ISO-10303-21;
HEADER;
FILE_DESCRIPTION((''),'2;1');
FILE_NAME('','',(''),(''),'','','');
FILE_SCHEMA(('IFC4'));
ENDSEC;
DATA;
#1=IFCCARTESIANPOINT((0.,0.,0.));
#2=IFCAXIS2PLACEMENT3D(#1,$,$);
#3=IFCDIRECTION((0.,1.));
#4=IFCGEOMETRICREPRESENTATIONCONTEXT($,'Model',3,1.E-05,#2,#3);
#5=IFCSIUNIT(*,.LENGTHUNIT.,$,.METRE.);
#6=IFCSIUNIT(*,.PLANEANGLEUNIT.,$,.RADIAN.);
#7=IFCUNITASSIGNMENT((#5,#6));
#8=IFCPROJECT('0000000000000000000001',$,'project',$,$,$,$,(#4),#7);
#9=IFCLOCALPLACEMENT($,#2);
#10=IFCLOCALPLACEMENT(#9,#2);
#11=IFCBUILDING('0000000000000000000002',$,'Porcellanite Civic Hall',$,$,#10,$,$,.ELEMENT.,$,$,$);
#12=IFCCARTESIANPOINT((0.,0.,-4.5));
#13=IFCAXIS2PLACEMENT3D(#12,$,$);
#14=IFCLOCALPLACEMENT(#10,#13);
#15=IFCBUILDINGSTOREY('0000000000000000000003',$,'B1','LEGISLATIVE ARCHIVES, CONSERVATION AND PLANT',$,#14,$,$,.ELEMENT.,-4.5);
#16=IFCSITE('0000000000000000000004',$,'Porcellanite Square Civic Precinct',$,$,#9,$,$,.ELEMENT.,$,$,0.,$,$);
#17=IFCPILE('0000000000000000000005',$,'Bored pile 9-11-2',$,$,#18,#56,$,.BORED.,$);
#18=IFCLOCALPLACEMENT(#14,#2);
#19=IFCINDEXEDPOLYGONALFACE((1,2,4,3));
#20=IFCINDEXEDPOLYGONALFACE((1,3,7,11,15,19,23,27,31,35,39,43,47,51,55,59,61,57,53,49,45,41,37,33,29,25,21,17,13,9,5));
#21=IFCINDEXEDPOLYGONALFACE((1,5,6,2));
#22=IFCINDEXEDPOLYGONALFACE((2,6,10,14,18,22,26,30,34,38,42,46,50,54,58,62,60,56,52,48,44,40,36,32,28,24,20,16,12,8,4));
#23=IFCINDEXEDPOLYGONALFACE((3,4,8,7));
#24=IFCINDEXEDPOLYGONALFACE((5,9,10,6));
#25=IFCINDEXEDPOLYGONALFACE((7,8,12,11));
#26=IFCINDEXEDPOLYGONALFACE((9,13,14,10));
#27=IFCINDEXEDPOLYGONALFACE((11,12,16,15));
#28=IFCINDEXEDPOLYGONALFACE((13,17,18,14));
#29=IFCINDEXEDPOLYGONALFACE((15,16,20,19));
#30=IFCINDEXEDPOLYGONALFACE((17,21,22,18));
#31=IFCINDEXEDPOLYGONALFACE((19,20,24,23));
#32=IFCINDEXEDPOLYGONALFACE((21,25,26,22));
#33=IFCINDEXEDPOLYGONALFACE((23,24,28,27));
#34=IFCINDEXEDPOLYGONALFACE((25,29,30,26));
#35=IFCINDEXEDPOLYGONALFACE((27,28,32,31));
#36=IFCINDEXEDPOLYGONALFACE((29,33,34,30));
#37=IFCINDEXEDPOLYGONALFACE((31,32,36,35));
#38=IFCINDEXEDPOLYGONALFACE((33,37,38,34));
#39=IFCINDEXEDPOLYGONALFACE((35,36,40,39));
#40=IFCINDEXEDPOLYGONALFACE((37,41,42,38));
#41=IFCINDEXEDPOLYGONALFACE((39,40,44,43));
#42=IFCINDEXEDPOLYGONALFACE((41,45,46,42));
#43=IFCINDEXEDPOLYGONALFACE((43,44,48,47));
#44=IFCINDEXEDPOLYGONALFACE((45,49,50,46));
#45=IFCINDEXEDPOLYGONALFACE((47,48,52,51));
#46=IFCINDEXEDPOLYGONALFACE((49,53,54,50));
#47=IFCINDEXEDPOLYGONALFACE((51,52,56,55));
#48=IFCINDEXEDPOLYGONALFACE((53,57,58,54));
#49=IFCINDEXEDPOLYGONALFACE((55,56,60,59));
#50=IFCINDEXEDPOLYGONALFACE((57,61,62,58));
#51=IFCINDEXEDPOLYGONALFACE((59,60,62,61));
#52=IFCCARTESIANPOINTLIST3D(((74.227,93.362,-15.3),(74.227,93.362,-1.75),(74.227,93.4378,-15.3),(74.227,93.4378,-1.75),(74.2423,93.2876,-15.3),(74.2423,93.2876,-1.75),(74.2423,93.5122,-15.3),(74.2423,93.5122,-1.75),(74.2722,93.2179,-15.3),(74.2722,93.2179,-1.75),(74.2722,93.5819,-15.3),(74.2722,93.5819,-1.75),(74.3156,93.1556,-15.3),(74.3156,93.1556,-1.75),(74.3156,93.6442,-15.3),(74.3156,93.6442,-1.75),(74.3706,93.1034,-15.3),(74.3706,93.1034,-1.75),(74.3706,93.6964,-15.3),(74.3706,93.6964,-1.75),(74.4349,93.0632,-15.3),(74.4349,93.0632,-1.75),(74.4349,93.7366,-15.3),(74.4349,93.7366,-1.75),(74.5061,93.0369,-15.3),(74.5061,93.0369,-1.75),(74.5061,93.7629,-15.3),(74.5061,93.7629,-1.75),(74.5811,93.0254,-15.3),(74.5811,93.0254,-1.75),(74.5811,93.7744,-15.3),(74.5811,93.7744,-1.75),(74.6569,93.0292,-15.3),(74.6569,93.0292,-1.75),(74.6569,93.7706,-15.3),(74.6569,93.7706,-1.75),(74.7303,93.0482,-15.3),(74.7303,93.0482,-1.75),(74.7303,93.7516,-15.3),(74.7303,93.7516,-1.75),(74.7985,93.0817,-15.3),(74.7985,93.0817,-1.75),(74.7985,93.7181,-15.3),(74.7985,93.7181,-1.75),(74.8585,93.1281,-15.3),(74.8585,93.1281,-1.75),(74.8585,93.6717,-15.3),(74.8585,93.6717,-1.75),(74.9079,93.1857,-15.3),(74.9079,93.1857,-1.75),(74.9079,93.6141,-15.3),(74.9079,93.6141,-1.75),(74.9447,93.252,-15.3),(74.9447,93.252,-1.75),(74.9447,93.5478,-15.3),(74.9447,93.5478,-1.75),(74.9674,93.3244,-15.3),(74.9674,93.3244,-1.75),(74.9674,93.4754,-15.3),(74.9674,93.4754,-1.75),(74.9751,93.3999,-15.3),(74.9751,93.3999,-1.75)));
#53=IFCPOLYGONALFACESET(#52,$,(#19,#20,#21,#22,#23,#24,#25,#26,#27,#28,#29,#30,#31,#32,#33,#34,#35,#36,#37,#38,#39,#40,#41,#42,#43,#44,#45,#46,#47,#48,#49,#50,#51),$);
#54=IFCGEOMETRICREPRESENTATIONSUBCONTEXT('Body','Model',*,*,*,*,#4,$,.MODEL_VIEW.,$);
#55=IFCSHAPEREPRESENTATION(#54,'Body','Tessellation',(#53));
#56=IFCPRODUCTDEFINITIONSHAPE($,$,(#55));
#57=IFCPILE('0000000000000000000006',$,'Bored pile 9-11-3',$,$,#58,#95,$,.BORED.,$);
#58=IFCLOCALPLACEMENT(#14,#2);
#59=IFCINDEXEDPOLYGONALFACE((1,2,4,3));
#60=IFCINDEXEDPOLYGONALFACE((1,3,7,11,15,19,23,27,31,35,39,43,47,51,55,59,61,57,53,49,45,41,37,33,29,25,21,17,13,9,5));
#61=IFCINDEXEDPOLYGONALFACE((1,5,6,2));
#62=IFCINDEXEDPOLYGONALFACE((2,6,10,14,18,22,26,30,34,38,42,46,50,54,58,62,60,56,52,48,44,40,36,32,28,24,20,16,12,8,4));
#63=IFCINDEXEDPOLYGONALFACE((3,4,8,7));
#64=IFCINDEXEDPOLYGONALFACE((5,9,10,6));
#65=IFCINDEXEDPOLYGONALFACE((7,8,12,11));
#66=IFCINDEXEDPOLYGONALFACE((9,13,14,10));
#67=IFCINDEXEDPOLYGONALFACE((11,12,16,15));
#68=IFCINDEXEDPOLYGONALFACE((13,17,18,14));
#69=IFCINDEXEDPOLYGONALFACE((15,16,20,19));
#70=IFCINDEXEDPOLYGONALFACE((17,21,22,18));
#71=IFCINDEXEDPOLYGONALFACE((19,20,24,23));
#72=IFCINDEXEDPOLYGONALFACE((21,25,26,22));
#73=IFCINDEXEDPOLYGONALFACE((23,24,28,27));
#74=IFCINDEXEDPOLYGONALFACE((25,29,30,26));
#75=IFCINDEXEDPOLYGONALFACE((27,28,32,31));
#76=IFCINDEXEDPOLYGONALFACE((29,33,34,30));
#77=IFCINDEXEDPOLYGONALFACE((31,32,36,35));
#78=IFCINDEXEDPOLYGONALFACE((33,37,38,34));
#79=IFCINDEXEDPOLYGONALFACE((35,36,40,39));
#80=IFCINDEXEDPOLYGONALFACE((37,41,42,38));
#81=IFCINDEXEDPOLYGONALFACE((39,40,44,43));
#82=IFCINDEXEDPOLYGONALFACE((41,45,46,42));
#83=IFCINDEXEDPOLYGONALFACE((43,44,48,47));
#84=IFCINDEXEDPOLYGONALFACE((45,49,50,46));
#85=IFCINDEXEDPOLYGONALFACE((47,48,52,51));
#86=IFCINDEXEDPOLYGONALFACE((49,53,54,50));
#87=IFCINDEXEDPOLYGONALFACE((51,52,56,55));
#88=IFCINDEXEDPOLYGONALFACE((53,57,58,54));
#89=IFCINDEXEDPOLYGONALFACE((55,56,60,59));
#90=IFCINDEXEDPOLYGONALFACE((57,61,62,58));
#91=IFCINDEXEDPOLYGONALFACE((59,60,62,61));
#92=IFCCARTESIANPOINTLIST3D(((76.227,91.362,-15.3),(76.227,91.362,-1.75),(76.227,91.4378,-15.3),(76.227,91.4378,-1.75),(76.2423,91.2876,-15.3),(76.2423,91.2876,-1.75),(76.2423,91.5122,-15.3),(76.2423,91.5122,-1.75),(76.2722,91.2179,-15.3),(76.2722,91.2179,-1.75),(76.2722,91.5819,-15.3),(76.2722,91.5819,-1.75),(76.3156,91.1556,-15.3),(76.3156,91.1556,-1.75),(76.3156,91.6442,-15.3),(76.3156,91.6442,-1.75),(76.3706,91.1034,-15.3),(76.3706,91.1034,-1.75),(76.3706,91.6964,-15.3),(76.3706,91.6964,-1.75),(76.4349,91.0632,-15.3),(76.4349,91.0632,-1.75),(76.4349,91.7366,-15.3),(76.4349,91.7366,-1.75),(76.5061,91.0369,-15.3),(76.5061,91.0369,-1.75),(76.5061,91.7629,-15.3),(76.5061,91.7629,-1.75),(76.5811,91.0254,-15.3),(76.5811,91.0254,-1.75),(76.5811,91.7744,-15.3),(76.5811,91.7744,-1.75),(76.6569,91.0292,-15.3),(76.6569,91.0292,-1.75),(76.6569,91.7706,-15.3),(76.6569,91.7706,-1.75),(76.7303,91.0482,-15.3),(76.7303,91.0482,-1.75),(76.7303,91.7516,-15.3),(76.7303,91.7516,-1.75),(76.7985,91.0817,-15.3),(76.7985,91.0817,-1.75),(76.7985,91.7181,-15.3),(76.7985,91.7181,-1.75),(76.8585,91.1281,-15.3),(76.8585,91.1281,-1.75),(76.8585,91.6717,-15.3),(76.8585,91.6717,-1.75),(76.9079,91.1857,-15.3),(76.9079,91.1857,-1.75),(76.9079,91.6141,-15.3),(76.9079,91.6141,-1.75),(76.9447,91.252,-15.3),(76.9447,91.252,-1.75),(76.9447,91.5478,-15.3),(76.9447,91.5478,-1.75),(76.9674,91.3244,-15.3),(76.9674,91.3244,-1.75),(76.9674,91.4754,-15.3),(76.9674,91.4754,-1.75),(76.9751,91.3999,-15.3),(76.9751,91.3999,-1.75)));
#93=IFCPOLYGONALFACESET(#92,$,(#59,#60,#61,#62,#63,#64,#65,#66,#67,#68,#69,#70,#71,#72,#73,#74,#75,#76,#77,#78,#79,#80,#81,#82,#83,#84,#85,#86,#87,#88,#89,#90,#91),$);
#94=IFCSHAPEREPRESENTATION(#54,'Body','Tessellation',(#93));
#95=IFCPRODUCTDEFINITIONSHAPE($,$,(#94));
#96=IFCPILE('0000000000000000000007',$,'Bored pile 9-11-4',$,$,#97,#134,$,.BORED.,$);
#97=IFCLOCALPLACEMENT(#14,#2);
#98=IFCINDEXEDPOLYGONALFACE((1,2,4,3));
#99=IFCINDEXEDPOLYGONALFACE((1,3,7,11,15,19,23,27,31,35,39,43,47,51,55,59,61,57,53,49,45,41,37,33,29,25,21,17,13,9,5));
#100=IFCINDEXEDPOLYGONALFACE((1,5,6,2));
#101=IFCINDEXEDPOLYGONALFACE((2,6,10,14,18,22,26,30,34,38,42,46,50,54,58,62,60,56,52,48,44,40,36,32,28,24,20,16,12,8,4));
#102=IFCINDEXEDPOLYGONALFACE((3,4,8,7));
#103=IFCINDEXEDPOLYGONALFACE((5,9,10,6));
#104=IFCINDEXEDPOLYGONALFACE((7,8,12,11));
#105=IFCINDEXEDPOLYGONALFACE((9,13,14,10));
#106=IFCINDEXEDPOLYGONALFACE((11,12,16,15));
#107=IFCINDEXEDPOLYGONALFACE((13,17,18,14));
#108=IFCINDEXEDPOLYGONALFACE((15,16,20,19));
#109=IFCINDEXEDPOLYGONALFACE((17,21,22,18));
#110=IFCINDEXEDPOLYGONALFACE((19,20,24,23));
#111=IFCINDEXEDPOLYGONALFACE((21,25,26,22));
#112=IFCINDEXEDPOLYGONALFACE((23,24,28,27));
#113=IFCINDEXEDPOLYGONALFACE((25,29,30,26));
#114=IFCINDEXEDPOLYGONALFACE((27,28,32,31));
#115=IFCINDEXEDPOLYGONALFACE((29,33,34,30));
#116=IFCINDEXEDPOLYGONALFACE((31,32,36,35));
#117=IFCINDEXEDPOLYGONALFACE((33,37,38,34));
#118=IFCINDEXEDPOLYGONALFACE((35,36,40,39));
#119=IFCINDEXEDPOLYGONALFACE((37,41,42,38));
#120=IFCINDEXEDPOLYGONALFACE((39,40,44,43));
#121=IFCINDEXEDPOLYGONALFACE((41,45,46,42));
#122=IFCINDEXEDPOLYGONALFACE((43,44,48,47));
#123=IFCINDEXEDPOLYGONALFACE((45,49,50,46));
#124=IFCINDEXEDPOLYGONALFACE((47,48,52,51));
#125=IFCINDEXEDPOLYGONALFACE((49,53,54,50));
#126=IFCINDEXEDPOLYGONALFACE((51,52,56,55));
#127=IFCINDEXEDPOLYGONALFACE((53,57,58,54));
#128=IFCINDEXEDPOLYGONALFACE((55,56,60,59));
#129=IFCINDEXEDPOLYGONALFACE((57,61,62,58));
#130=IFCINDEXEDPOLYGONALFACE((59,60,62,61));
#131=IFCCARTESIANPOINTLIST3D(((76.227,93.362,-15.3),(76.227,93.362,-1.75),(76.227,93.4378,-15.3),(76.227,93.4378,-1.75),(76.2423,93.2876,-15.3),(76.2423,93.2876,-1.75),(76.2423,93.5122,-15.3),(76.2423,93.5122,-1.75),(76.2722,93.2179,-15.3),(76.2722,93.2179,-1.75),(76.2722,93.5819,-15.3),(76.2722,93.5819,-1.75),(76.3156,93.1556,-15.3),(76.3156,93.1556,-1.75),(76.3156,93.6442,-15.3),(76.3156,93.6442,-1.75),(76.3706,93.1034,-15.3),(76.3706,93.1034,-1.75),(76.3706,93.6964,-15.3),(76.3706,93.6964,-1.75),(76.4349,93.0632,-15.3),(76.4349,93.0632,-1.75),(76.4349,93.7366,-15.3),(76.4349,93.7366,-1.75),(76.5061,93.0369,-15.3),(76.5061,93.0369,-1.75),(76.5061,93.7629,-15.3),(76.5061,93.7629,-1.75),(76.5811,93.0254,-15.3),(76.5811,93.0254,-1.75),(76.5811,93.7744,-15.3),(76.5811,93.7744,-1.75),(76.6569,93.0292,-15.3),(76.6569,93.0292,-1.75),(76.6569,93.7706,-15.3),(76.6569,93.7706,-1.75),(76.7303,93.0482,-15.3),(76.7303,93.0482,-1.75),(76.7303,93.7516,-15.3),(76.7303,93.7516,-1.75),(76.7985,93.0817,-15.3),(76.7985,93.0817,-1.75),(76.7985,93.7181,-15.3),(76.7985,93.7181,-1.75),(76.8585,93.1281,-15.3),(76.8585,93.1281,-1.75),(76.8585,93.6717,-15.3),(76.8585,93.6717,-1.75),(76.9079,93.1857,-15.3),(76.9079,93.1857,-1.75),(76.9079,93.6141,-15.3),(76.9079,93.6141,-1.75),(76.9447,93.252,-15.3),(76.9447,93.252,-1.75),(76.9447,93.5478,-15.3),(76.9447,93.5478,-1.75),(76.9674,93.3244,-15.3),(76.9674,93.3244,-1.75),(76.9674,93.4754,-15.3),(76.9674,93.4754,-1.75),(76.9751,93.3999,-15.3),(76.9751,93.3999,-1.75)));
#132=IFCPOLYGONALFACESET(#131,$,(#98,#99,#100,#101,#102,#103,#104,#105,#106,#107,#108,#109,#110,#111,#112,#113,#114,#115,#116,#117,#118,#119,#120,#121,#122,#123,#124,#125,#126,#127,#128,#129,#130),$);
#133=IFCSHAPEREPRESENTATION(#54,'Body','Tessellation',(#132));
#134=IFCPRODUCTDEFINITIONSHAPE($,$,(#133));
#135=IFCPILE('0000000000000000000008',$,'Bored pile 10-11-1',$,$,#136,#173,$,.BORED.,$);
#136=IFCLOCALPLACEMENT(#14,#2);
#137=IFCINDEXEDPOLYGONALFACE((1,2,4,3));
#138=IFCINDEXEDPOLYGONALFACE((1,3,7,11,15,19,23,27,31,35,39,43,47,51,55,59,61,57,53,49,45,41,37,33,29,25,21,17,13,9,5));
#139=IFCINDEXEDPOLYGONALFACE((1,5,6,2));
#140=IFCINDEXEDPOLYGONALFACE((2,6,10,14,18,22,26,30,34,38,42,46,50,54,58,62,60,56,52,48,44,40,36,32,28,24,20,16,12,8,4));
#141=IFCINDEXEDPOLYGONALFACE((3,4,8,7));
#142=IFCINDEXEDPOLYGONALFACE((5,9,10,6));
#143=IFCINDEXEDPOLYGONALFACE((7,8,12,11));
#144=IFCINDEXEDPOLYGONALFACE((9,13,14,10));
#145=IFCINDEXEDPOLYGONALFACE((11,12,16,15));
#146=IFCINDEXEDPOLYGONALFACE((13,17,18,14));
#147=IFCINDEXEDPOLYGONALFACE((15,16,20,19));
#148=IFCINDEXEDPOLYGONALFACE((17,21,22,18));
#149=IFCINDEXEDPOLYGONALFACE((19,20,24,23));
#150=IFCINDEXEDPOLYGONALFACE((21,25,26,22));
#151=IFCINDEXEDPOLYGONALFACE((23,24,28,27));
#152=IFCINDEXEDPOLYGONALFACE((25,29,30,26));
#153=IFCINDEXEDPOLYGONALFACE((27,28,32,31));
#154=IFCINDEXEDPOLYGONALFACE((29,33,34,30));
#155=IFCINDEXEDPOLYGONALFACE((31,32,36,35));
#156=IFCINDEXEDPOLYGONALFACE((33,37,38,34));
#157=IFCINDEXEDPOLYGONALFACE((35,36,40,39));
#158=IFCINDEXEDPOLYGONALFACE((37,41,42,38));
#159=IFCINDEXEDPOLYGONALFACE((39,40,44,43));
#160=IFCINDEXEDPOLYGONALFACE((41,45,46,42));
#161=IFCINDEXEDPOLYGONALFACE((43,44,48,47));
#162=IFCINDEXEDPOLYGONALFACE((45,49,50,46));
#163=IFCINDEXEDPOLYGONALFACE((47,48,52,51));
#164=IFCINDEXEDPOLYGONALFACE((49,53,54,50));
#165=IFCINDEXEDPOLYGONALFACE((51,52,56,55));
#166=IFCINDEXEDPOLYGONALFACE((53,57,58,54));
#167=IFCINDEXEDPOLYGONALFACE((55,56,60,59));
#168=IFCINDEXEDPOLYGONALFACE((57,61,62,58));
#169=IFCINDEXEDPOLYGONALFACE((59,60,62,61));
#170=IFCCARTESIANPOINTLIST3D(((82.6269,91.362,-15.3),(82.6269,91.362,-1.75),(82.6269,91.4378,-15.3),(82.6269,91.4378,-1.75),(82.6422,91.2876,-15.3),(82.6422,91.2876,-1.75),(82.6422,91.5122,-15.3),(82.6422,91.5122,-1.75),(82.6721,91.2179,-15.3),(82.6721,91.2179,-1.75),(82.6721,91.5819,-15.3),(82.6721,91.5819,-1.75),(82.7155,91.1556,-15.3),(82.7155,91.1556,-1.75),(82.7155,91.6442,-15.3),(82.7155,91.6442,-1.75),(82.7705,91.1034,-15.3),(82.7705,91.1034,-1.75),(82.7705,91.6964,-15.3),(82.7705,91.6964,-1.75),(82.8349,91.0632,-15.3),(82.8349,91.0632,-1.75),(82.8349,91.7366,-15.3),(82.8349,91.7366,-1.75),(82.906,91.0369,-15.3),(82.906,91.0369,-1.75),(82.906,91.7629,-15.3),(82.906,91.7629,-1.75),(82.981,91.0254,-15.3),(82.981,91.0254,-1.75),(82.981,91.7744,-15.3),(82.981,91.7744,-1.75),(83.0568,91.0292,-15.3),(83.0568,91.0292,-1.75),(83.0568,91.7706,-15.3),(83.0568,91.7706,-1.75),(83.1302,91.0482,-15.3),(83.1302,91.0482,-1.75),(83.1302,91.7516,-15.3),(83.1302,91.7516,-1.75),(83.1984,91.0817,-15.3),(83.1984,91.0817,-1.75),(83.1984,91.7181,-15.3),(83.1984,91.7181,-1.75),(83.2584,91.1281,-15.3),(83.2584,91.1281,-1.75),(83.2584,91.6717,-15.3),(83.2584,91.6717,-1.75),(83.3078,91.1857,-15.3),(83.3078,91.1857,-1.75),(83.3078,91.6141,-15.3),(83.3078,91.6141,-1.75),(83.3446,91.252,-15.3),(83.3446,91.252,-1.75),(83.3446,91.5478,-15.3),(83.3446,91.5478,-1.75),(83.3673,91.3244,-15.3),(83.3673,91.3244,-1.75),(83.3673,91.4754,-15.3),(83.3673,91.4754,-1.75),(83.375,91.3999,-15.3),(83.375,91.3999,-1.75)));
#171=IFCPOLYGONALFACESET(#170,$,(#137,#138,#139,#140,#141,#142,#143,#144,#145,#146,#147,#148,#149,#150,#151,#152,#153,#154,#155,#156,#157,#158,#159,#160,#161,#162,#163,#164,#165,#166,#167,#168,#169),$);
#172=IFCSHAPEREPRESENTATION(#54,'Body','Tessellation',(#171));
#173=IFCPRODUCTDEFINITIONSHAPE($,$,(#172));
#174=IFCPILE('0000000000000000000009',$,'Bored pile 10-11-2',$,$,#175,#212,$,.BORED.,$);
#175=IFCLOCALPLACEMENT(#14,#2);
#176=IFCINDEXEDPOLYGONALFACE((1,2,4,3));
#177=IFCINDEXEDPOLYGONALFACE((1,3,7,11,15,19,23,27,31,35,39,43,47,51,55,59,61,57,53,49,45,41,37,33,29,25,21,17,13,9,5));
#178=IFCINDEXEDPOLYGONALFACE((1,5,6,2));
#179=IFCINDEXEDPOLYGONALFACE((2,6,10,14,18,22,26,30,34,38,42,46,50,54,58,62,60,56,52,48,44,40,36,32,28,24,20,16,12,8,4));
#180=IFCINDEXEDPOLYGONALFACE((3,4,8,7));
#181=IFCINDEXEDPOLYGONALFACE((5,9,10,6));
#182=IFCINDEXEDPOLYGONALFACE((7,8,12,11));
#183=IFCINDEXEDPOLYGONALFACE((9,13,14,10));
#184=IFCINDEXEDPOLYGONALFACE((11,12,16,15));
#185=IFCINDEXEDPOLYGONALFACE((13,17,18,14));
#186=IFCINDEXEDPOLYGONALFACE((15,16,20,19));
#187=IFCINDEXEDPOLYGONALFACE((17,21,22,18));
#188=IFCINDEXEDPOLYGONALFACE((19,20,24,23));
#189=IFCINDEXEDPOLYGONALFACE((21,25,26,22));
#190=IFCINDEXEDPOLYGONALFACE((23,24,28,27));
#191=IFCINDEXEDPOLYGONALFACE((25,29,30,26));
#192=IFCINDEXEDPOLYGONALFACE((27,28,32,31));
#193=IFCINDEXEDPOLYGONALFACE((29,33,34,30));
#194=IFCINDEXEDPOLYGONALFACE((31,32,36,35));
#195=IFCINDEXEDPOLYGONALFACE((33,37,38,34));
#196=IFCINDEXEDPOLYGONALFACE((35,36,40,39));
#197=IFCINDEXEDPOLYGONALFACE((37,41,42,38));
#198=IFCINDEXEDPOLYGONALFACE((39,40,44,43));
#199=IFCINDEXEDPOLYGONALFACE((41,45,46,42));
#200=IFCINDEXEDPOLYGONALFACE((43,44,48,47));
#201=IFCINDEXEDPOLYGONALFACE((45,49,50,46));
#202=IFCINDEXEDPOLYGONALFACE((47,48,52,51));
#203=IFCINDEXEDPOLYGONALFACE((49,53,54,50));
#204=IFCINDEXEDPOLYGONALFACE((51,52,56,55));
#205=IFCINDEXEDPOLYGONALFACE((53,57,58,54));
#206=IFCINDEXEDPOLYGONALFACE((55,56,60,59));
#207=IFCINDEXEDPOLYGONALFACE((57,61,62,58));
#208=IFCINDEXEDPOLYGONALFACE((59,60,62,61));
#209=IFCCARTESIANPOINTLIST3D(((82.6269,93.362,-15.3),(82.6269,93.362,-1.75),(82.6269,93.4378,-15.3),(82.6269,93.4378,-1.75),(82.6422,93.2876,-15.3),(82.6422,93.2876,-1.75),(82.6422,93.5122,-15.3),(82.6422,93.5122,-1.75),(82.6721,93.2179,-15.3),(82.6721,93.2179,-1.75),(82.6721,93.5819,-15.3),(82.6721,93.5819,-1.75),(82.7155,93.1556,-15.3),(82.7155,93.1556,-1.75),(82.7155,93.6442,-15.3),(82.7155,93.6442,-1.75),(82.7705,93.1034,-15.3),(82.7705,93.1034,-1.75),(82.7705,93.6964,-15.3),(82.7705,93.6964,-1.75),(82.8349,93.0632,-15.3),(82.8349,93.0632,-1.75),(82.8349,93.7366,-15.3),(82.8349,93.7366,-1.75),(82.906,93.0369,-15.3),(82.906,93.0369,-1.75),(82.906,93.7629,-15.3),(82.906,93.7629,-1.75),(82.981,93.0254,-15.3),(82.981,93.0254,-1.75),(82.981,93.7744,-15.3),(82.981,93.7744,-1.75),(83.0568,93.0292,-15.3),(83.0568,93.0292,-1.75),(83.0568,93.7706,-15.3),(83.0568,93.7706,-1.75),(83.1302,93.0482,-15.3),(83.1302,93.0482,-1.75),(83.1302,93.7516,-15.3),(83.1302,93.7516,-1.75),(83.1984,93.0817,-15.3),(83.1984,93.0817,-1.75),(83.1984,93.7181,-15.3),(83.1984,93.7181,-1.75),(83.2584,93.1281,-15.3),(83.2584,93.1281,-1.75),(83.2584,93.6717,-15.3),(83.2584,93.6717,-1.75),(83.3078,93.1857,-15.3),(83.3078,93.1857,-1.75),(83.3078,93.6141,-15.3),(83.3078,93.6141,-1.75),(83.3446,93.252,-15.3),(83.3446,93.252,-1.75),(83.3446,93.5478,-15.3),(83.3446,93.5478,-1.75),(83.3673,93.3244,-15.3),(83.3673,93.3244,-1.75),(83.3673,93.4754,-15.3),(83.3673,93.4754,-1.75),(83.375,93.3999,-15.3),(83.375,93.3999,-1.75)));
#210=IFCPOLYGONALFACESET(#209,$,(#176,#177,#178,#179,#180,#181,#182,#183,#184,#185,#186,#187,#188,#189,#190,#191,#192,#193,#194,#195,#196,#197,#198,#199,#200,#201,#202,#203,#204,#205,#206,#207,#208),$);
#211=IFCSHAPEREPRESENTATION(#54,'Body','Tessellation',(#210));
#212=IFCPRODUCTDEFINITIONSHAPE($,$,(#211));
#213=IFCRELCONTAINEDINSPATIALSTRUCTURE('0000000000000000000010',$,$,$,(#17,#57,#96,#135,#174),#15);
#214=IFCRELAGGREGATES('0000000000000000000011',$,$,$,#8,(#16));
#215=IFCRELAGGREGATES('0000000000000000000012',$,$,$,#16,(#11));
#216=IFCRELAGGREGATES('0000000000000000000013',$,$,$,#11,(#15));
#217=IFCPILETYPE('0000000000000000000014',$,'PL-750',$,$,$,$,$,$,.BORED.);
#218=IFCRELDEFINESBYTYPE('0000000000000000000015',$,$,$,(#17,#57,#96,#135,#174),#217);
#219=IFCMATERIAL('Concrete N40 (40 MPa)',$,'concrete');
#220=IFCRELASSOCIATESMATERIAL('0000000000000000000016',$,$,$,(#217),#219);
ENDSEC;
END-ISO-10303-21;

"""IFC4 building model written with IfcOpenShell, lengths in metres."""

from ifc_helpers import new_model, si_unit, direction, frame, origin, origin_2d, place, context, subcontext, project, spatial, circle, extrude, material, material_profile, profile_set, type_object, element, save


model = new_model("IFC4")

# Units and contexts
model_context = context("Model", 3, precision=1e-05, world=origin(), true_north=direction((0.0, 1.0)))
body_context = subcontext(model_context, "Body", "Model", "MODEL_VIEW")
ifc_project = project(units=[si_unit("LENGTHUNIT", "METRE"), si_unit("PLANEANGLEUNIT", "RADIAN")], contexts=[model_context])

# Site, building, storey
site_placement = place(None, origin())
site = spatial("IfcSite", under=ifc_project, at=site_placement, Name="Porcellanite Square Civic Precinct", CompositionType="ELEMENT", RefElevation=0.0)
building_placement = place(site_placement, origin())
building = spatial("IfcBuilding", under=site, at=building_placement, Name="Porcellanite Civic Hall", CompositionType="ELEMENT")
storey_placement = place(building_placement, frame((0.0, 0.0, -4.5)))
storey = spatial("IfcBuildingStorey", under=building, at=storey_placement, Name="B1", Description="LEGISLATIVE ARCHIVES, CONSERVATION AND PLANT", CompositionType="ELEMENT", Elevation=-4.5)

# Piles
ifc_material_1 = material(Name="Concrete N40 (40 MPa)", Category="concrete")
ifc_material_profile_1 = material_profile(ifc_material_1, circle(Radius=0.375, at=origin_2d()), Name="PILE-D750")
ifc_profile_set_1 = profile_set([ifc_material_profile_1], Name="Concrete N40 (40 MPa)")
pile_type = type_object("IfcPileType", Name="PL-750", PredefinedType="BORED", material=ifc_profile_set_1)
for number, where, z_axis, x_axis, name in (
    (1, (74.6001, 93.3999, -1.75), (0.0, 0.0, -1.0), (1.0, 0.0, 0.0), "Bored pile 9-11-2"),
    (2, (76.6001, 91.3999, -1.75), (0.0, 0.0, -1.0), (1.0, 0.0, 0.0), "Bored pile 9-11-3"),
    (3, (76.6001, 93.3999, -1.75), (0.0, 0.0, -1.0), (1.0, 0.0, 0.0), "Bored pile 9-11-4"),
    (4, (83.0, 91.3999, -1.75), (0.0, 0.0, -1.0), (1.0, 0.0, 0.0), "Bored pile 10-11-1"),
    (5, (83.0, 93.3999, -1.75), (0.0, 0.0, -1.0), (1.0, 0.0, 0.0), "Bored pile 10-11-2"),
):
    element("IfcPile", number, at=place(storey_placement, frame(where, z_axis=z_axis, x_axis=x_axis)), inside=storey, type_object=pile_type, Name=name, PredefinedType="BORED", context=body_context, shape_type="SweptSolid", body=[
        extrude(circle(Radius=0.375, at=origin_2d()), origin(), (0.0, 0.0, 1.0), 13.55),
    ])

save(model, "model.ifc")
